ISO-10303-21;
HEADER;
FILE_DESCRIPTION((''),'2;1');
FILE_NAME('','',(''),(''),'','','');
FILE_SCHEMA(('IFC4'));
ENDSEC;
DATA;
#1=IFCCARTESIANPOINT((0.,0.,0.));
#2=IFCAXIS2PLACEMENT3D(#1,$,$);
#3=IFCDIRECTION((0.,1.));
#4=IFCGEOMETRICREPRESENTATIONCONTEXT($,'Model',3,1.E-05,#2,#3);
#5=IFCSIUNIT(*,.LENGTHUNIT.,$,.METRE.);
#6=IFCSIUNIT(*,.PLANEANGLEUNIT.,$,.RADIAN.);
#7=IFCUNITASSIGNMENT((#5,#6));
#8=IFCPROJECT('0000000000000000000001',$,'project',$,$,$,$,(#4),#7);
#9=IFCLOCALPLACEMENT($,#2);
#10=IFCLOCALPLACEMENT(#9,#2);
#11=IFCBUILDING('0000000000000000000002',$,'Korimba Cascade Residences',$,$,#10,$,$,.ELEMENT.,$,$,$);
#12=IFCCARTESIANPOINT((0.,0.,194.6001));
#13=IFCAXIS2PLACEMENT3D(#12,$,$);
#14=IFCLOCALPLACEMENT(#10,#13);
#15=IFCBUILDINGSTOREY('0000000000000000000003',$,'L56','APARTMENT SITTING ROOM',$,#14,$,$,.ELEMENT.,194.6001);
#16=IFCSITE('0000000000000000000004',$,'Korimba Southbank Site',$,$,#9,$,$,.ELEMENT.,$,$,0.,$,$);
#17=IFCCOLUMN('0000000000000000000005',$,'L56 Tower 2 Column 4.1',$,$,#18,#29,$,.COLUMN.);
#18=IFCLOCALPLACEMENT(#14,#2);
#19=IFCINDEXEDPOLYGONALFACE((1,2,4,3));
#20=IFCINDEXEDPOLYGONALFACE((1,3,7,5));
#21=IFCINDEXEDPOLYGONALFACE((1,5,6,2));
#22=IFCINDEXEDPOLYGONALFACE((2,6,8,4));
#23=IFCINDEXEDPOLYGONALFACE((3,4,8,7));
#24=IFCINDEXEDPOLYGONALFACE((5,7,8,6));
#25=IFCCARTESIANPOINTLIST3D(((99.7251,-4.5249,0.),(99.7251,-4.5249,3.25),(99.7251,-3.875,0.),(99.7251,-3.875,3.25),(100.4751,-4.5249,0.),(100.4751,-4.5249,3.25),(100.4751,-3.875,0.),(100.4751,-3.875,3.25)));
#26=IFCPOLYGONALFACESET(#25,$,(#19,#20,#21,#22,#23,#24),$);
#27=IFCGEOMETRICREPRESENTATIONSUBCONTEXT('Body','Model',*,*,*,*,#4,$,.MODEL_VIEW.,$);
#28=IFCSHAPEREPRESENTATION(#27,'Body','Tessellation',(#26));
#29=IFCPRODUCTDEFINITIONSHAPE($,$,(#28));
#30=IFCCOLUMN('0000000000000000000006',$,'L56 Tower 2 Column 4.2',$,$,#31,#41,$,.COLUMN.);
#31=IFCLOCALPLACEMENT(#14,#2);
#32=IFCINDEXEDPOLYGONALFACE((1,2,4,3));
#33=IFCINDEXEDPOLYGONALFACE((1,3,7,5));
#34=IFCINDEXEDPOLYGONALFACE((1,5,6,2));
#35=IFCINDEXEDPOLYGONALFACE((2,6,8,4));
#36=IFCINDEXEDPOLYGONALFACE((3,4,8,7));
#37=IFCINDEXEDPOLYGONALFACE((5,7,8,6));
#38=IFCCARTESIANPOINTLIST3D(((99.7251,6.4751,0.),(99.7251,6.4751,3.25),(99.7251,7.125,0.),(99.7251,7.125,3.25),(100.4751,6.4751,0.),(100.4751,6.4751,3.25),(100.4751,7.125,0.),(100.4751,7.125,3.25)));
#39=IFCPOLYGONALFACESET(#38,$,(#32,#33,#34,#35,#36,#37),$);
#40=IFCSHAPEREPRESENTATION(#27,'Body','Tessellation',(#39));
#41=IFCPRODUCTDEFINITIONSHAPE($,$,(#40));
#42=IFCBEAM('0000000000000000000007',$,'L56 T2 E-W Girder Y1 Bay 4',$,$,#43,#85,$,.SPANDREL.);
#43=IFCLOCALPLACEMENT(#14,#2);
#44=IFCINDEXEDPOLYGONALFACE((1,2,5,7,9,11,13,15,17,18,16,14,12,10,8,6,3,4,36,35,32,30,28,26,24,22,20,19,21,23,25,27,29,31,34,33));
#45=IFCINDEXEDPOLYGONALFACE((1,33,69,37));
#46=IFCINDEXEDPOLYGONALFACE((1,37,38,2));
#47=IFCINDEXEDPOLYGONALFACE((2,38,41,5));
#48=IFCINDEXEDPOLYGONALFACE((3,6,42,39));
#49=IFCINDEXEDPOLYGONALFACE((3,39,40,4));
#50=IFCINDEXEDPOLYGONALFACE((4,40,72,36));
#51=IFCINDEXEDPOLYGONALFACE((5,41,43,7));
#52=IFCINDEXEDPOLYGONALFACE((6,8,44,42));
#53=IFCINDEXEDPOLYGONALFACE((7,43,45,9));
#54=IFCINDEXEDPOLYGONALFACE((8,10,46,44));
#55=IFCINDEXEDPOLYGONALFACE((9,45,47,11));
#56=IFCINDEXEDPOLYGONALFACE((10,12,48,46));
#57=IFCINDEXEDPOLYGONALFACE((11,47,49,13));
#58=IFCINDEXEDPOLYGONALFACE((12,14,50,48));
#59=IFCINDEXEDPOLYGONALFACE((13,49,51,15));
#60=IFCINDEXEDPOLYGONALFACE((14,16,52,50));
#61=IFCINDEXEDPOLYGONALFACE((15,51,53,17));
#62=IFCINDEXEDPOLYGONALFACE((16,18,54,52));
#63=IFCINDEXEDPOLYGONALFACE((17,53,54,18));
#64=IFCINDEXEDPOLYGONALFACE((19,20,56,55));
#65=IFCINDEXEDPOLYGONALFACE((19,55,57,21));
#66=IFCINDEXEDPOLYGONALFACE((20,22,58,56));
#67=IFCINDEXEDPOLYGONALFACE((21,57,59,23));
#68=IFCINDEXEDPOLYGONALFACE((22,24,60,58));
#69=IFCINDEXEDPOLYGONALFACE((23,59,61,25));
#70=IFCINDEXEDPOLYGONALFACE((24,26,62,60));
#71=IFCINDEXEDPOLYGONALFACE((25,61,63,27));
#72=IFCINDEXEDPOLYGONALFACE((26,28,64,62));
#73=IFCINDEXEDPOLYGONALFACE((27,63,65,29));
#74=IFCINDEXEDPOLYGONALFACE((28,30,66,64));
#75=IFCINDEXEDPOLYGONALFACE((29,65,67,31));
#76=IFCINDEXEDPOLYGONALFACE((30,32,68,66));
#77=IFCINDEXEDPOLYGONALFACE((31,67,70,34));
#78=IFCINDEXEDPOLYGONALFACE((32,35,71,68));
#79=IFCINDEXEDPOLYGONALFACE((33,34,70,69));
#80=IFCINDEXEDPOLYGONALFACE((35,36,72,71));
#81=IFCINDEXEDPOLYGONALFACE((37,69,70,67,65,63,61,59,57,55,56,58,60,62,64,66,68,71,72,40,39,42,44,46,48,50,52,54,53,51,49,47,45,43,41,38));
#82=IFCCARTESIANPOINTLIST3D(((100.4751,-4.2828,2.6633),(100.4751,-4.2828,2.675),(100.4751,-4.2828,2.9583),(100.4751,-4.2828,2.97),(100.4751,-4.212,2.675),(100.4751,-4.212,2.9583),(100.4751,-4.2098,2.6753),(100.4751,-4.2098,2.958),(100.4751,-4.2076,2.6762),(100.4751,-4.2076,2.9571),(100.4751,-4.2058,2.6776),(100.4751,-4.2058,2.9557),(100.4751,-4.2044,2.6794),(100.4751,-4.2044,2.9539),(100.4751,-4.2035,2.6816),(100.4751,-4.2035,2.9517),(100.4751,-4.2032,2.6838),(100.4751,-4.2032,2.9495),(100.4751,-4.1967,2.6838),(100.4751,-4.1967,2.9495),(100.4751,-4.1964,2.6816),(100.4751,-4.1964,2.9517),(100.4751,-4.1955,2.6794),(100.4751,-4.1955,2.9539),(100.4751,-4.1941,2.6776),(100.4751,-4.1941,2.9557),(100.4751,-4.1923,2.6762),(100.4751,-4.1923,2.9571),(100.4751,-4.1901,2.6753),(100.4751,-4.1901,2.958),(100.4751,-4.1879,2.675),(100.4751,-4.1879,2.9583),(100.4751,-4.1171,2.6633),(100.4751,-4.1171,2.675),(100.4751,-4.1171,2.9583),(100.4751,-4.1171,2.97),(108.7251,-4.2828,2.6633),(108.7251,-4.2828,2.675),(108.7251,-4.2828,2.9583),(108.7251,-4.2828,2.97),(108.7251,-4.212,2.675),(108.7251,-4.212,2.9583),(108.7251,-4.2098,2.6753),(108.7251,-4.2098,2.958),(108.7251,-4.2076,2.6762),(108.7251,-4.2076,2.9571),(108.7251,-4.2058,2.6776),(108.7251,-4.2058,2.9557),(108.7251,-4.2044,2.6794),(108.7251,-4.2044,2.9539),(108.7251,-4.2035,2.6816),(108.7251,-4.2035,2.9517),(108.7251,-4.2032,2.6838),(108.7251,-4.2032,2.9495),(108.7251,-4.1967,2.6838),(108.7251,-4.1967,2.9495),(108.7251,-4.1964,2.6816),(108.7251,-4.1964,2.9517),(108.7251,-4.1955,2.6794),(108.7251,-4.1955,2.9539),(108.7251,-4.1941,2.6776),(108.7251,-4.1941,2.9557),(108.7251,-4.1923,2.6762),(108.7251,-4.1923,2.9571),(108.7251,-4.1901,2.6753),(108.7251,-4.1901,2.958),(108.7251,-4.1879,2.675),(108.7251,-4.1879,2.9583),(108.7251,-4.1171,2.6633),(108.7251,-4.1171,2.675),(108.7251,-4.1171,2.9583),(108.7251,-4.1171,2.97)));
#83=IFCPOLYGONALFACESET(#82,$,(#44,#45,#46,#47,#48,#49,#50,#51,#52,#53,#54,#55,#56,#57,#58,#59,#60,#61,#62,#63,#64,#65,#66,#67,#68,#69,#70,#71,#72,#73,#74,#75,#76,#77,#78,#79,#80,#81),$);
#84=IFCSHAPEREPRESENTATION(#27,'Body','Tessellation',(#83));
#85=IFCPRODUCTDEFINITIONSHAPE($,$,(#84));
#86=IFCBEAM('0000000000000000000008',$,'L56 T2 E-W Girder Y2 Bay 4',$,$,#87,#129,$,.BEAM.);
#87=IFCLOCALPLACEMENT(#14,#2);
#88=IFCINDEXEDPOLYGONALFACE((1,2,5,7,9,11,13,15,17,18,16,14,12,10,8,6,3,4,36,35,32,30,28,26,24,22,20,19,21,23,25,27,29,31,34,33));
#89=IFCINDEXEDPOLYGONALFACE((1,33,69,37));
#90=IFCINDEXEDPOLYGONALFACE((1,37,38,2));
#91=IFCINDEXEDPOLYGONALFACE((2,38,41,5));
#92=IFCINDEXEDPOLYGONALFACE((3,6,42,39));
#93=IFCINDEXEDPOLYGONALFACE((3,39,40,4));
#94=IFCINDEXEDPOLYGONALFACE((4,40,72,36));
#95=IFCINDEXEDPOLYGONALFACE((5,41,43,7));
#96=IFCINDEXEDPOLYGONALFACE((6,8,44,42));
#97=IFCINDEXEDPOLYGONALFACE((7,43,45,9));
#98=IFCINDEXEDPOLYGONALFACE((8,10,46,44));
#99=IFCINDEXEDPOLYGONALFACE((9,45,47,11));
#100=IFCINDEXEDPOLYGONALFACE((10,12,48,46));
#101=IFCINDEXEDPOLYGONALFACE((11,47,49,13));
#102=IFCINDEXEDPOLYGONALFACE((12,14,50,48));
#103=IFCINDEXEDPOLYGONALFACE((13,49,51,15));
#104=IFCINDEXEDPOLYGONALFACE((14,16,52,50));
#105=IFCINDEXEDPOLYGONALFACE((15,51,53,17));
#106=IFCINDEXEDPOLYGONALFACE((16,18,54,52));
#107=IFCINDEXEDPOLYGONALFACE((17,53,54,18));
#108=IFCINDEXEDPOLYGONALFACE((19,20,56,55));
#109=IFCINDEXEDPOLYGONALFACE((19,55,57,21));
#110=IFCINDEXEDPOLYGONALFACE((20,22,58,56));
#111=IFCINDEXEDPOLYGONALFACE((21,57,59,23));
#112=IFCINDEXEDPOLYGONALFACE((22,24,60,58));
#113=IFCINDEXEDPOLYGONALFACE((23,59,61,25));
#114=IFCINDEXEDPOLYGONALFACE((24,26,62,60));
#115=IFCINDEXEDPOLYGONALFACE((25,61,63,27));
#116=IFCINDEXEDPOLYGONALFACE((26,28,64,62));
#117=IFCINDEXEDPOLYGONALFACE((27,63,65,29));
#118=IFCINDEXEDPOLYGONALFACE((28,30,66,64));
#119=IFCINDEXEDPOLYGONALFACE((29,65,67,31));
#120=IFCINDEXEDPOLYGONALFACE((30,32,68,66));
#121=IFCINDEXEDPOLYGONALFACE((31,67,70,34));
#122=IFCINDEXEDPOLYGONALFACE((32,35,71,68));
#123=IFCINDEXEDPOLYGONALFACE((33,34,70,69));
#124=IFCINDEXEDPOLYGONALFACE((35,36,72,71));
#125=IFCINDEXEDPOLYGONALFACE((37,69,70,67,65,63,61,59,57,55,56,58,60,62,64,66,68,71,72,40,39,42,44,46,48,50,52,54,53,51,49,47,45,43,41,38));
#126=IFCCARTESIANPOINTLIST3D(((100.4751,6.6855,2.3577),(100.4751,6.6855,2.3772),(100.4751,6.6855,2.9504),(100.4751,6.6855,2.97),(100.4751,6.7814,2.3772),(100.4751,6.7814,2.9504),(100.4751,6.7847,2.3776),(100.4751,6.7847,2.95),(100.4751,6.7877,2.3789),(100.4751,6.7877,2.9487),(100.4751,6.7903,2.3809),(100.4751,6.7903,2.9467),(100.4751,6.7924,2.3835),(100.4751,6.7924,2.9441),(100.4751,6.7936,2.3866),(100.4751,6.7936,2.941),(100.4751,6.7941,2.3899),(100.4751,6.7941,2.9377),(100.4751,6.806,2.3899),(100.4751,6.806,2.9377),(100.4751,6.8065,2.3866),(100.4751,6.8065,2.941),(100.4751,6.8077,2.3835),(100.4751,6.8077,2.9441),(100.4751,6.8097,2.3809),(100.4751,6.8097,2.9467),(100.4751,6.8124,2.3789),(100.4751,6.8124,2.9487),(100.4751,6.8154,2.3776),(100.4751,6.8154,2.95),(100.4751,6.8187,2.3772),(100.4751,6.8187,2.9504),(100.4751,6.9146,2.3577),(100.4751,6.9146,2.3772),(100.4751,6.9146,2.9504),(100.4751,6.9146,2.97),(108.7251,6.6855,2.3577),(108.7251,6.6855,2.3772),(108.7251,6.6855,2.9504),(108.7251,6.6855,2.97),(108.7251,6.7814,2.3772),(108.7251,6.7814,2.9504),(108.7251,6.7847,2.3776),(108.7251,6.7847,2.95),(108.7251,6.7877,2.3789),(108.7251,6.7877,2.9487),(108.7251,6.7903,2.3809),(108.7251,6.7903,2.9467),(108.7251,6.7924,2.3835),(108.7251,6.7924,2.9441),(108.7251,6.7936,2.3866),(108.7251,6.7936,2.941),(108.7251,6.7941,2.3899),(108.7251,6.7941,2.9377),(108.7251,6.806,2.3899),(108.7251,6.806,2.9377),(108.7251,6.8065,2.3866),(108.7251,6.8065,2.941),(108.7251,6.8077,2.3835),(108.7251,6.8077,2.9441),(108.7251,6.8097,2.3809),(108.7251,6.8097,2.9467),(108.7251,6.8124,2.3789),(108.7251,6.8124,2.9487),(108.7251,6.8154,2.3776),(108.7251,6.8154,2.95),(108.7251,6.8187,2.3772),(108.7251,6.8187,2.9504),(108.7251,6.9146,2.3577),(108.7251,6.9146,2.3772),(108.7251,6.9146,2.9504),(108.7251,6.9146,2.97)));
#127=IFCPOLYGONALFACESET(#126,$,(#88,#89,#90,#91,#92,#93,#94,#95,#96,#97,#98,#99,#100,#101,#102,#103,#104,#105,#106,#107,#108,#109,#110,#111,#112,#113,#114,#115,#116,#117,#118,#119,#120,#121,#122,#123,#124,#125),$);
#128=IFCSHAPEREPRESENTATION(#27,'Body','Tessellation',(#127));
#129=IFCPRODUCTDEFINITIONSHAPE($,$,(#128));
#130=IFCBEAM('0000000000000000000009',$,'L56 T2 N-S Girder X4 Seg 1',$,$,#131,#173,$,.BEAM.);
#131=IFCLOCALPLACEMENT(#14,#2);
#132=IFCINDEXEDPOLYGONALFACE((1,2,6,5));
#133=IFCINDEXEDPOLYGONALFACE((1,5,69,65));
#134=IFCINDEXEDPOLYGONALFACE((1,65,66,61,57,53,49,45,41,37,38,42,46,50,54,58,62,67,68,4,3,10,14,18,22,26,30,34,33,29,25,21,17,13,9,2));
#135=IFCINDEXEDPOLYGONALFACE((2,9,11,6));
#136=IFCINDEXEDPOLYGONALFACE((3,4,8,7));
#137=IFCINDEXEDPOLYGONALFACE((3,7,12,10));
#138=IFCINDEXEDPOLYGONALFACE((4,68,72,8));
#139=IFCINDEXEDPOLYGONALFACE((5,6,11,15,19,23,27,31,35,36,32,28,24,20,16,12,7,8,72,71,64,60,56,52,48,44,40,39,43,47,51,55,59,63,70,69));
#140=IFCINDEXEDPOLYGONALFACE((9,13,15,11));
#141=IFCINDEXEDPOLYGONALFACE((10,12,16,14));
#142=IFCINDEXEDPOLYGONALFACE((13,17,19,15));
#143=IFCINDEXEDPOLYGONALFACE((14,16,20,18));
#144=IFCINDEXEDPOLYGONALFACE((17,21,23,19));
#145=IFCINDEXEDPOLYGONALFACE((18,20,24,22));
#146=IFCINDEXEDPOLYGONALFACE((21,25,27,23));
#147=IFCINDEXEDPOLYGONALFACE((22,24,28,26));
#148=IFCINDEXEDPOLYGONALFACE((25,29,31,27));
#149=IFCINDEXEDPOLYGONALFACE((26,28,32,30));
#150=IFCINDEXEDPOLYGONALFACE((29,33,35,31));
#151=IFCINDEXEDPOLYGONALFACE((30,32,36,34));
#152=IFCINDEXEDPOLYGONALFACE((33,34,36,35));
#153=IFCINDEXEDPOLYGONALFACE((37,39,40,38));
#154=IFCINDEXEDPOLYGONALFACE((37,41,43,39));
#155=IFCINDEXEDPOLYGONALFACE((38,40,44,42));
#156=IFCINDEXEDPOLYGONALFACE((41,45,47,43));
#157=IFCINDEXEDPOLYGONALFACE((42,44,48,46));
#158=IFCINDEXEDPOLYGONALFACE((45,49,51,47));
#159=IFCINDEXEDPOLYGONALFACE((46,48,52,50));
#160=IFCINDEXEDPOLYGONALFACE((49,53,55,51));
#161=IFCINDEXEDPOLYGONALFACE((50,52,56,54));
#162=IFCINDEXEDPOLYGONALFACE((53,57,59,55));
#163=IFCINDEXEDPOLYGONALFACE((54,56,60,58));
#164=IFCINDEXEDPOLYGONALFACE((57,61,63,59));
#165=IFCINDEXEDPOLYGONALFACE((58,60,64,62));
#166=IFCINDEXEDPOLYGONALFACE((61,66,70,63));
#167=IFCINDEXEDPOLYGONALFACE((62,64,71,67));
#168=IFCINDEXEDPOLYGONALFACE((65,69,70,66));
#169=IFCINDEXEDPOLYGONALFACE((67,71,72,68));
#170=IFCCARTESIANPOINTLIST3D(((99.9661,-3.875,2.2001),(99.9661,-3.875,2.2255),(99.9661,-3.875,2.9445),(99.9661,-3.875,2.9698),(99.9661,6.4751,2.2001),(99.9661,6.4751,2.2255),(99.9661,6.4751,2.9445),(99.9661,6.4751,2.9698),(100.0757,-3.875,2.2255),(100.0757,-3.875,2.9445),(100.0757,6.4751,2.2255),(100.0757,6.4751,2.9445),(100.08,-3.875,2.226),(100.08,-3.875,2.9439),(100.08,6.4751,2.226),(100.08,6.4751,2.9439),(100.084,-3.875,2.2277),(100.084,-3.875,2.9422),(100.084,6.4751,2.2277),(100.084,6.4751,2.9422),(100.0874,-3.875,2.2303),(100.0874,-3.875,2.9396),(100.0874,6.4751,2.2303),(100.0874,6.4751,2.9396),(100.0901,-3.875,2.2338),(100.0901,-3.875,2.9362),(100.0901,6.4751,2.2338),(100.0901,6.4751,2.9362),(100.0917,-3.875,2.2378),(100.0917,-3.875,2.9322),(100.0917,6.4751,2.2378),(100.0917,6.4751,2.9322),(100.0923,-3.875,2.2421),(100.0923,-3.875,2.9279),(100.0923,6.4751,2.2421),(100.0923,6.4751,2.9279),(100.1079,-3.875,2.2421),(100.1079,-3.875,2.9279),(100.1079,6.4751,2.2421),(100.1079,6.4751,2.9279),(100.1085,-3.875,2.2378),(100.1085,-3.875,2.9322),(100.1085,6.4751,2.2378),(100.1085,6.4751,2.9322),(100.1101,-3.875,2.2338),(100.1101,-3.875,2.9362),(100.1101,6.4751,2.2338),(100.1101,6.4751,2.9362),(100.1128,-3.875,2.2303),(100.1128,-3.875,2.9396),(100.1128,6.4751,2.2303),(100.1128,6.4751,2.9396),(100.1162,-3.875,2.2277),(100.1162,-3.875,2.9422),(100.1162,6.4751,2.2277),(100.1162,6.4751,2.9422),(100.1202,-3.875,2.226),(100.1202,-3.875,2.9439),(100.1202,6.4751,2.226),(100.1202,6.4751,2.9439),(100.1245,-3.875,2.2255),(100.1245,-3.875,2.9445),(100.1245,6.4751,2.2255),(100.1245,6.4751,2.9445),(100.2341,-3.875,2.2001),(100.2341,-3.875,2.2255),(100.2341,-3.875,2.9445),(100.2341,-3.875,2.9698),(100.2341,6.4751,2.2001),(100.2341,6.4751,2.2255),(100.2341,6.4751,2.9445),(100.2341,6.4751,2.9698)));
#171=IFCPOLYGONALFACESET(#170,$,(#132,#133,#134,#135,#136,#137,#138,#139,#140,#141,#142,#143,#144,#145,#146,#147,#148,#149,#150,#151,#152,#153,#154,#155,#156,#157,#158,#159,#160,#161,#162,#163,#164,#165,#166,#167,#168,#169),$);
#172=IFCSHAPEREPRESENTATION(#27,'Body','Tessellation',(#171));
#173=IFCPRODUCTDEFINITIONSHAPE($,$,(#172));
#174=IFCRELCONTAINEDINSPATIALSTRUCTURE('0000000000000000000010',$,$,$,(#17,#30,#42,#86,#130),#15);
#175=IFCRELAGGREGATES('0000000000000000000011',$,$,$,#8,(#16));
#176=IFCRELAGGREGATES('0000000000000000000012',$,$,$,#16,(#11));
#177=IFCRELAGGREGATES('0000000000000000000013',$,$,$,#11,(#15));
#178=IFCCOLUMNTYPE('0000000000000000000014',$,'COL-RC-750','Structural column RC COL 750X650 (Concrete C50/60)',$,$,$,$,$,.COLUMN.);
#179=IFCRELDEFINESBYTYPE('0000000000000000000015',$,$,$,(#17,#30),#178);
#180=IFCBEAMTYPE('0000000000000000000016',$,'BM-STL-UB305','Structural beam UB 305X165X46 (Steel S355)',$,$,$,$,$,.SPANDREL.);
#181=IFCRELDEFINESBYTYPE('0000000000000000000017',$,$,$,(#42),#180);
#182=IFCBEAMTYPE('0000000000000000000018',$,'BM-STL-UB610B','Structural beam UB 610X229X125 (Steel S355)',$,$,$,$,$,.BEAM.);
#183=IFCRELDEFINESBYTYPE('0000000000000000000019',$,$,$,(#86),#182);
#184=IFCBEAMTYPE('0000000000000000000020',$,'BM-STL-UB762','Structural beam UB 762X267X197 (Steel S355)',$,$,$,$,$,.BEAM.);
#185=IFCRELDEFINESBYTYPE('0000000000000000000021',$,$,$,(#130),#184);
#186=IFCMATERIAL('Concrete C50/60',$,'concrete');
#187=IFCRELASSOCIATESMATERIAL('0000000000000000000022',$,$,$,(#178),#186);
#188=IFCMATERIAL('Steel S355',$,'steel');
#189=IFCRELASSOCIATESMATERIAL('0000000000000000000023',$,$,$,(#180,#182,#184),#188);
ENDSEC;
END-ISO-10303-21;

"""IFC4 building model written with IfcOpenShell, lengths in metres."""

from ifc_helpers import new_model, si_unit, direction, frame, origin, origin_2d, place, context, subcontext, project, spatial, rectangle, i_section, extrude, material, material_profile, profile_set, type_object, element, save


model = new_model("IFC4")

# Units and contexts
model_context = context("Model", 3, precision=1e-05, world=origin(), true_north=direction((0.0, 1.0)))
body_context = subcontext(model_context, "Body", "Model", "MODEL_VIEW")
ifc_project = project(units=[si_unit("LENGTHUNIT", "METRE"), si_unit("PLANEANGLEUNIT", "RADIAN")], contexts=[model_context])

# Site, building, storey
site_placement = place(None, origin())
site = spatial("IfcSite", under=ifc_project, at=site_placement, Name="Korimba Southbank Site", CompositionType="ELEMENT", RefElevation=0.0)
building_placement = place(site_placement, origin())
building = spatial("IfcBuilding", under=site, at=building_placement, Name="Korimba Cascade Residences", CompositionType="ELEMENT")
storey_placement = place(building_placement, frame((0.0, 0.0, 194.6001)))
storey = spatial("IfcBuildingStorey", under=building, at=storey_placement, Name="L56", Description="APARTMENT SITTING ROOM", CompositionType="ELEMENT", Elevation=194.6001)

# Columns
ifc_material_1 = material(Name="Concrete C50/60", Category="concrete")
ifc_material_profile_1 = material_profile(ifc_material_1, rectangle(XDim=0.75, YDim=0.6499, at=origin_2d()), Name="Concrete C50/60")
ifc_profile_set_1 = profile_set([ifc_material_profile_1], Name="Concrete C50/60")
column_type = type_object("IfcColumnType", Name="COL-RC-750", Description="Structural column RC COL 750X650 (Concrete C50/60)", PredefinedType="COLUMN", material=ifc_profile_set_1)
for number, where, z_axis, x_axis, name in (
    (1, (100.1001, -4.2, 0.0), (0.0, 0.0, 1.0), (1.0, 0.0, 0.0), "L56 Tower 2 Column 4.1"),
    (2, (100.1001, 6.8, 0.0), (0.0, 0.0, 1.0), (1.0, 0.0, 0.0), "L56 Tower 2 Column 4.2"),
):
    element("IfcColumn", number, at=place(storey_placement, frame(where, z_axis=z_axis, x_axis=x_axis)), inside=storey, type_object=column_type, Name=name, PredefinedType="COLUMN", context=body_context, shape_type="SweptSolid", body=[
        extrude(rectangle(XDim=0.75, YDim=0.6499, at=origin_2d()), origin(), (0.0, 0.0, 1.0), 3.25),
    ])

# Beams
ifc_material_2 = material(Name="Steel S355", Category="steel")
ifc_material_profile_2 = material_profile(ifc_material_2, i_section(OverallWidth=0.1658, OverallDepth=0.3066, WebThickness=0.0066, FlangeThickness=0.0117, FilletRadius=0.0088, at=origin_2d()), Name="Steel S355")
ifc_profile_set_2 = profile_set([ifc_material_profile_2], Name="Steel S355")
beam_type_1 = type_object("IfcBeamType", Name="BM-STL-UB305", Description="Structural beam UB 305X165X46 (Steel S355)", PredefinedType="SPANDREL", material=ifc_profile_set_2)
beam_1_placement = place(storey_placement, frame((100.4751, -4.2, 2.8167), z_axis=(1.0, 0.0, 0.0), x_axis=(0.0, 1.0, 0.0)))
element("IfcBeam", 3, at=beam_1_placement, inside=storey, type_object=beam_type_1, Name="L56 T2 E-W Girder Y1 Bay 4", PredefinedType="SPANDREL", context=body_context, shape_type="SweptSolid", body=[
    extrude(i_section(OverallWidth=0.1658, OverallDepth=0.3066, WebThickness=0.0066, FlangeThickness=0.0117, FilletRadius=0.0088, at=origin_2d()), origin(), (0.0, 0.0, 1.0), 8.25),
])
ifc_material_profile_3 = material_profile(ifc_material_2, i_section(OverallWidth=0.229, OverallDepth=0.6123, WebThickness=0.012, FlangeThickness=0.0195, FilletRadius=0.0127, at=origin_2d()), Name="Steel S355")
ifc_profile_set_3 = profile_set([ifc_material_profile_3], Name="Steel S355")
beam_type_2 = type_object("IfcBeamType", Name="BM-STL-UB610B", Description="Structural beam UB 610X229X125 (Steel S355)", PredefinedType="BEAM", material=ifc_profile_set_3)
beam_2_placement = place(storey_placement, frame((100.4751, 6.8, 2.6638), z_axis=(1.0, 0.0, 0.0), x_axis=(0.0, 1.0, 0.0)))
element("IfcBeam", 4, at=beam_2_placement, inside=storey, type_object=beam_type_2, Name="L56 T2 E-W Girder Y2 Bay 4", PredefinedType="BEAM", context=body_context, shape_type="SweptSolid", body=[
    extrude(i_section(OverallWidth=0.229, OverallDepth=0.6123, WebThickness=0.012, FlangeThickness=0.0195, FilletRadius=0.0127, at=origin_2d()), origin(), (0.0, 0.0, 1.0), 8.25),
])
ifc_material_profile_4 = material_profile(ifc_material_2, i_section(OverallWidth=0.2681, OverallDepth=0.7698, WebThickness=0.0156, FlangeThickness=0.0254, FilletRadius=0.0166, at=origin_2d()), Name="Steel S355")
ifc_profile_set_4 = profile_set([ifc_material_profile_4], Name="Steel S355")
beam_type_3 = type_object("IfcBeamType", Name="BM-STL-UB762", Description="Structural beam UB 762X267X197 (Steel S355)", PredefinedType="BEAM", material=ifc_profile_set_4)
beam_3_placement = place(storey_placement, frame((100.1001, -3.875, 2.585), z_axis=(0.0, 1.0, 0.0), x_axis=(-1.0, 0.0, 0.0)))
element("IfcBeam", 5, at=beam_3_placement, inside=storey, type_object=beam_type_3, Name="L56 T2 N-S Girder X4 Seg 1", PredefinedType="BEAM", context=body_context, shape_type="SweptSolid", body=[
    extrude(i_section(OverallWidth=0.2681, OverallDepth=0.7698, WebThickness=0.0156, FlangeThickness=0.0254, FilletRadius=0.0166, at=origin_2d()), origin(), (0.0, 0.0, 1.0), 10.3501),
])

save(model, "model.ifc")
